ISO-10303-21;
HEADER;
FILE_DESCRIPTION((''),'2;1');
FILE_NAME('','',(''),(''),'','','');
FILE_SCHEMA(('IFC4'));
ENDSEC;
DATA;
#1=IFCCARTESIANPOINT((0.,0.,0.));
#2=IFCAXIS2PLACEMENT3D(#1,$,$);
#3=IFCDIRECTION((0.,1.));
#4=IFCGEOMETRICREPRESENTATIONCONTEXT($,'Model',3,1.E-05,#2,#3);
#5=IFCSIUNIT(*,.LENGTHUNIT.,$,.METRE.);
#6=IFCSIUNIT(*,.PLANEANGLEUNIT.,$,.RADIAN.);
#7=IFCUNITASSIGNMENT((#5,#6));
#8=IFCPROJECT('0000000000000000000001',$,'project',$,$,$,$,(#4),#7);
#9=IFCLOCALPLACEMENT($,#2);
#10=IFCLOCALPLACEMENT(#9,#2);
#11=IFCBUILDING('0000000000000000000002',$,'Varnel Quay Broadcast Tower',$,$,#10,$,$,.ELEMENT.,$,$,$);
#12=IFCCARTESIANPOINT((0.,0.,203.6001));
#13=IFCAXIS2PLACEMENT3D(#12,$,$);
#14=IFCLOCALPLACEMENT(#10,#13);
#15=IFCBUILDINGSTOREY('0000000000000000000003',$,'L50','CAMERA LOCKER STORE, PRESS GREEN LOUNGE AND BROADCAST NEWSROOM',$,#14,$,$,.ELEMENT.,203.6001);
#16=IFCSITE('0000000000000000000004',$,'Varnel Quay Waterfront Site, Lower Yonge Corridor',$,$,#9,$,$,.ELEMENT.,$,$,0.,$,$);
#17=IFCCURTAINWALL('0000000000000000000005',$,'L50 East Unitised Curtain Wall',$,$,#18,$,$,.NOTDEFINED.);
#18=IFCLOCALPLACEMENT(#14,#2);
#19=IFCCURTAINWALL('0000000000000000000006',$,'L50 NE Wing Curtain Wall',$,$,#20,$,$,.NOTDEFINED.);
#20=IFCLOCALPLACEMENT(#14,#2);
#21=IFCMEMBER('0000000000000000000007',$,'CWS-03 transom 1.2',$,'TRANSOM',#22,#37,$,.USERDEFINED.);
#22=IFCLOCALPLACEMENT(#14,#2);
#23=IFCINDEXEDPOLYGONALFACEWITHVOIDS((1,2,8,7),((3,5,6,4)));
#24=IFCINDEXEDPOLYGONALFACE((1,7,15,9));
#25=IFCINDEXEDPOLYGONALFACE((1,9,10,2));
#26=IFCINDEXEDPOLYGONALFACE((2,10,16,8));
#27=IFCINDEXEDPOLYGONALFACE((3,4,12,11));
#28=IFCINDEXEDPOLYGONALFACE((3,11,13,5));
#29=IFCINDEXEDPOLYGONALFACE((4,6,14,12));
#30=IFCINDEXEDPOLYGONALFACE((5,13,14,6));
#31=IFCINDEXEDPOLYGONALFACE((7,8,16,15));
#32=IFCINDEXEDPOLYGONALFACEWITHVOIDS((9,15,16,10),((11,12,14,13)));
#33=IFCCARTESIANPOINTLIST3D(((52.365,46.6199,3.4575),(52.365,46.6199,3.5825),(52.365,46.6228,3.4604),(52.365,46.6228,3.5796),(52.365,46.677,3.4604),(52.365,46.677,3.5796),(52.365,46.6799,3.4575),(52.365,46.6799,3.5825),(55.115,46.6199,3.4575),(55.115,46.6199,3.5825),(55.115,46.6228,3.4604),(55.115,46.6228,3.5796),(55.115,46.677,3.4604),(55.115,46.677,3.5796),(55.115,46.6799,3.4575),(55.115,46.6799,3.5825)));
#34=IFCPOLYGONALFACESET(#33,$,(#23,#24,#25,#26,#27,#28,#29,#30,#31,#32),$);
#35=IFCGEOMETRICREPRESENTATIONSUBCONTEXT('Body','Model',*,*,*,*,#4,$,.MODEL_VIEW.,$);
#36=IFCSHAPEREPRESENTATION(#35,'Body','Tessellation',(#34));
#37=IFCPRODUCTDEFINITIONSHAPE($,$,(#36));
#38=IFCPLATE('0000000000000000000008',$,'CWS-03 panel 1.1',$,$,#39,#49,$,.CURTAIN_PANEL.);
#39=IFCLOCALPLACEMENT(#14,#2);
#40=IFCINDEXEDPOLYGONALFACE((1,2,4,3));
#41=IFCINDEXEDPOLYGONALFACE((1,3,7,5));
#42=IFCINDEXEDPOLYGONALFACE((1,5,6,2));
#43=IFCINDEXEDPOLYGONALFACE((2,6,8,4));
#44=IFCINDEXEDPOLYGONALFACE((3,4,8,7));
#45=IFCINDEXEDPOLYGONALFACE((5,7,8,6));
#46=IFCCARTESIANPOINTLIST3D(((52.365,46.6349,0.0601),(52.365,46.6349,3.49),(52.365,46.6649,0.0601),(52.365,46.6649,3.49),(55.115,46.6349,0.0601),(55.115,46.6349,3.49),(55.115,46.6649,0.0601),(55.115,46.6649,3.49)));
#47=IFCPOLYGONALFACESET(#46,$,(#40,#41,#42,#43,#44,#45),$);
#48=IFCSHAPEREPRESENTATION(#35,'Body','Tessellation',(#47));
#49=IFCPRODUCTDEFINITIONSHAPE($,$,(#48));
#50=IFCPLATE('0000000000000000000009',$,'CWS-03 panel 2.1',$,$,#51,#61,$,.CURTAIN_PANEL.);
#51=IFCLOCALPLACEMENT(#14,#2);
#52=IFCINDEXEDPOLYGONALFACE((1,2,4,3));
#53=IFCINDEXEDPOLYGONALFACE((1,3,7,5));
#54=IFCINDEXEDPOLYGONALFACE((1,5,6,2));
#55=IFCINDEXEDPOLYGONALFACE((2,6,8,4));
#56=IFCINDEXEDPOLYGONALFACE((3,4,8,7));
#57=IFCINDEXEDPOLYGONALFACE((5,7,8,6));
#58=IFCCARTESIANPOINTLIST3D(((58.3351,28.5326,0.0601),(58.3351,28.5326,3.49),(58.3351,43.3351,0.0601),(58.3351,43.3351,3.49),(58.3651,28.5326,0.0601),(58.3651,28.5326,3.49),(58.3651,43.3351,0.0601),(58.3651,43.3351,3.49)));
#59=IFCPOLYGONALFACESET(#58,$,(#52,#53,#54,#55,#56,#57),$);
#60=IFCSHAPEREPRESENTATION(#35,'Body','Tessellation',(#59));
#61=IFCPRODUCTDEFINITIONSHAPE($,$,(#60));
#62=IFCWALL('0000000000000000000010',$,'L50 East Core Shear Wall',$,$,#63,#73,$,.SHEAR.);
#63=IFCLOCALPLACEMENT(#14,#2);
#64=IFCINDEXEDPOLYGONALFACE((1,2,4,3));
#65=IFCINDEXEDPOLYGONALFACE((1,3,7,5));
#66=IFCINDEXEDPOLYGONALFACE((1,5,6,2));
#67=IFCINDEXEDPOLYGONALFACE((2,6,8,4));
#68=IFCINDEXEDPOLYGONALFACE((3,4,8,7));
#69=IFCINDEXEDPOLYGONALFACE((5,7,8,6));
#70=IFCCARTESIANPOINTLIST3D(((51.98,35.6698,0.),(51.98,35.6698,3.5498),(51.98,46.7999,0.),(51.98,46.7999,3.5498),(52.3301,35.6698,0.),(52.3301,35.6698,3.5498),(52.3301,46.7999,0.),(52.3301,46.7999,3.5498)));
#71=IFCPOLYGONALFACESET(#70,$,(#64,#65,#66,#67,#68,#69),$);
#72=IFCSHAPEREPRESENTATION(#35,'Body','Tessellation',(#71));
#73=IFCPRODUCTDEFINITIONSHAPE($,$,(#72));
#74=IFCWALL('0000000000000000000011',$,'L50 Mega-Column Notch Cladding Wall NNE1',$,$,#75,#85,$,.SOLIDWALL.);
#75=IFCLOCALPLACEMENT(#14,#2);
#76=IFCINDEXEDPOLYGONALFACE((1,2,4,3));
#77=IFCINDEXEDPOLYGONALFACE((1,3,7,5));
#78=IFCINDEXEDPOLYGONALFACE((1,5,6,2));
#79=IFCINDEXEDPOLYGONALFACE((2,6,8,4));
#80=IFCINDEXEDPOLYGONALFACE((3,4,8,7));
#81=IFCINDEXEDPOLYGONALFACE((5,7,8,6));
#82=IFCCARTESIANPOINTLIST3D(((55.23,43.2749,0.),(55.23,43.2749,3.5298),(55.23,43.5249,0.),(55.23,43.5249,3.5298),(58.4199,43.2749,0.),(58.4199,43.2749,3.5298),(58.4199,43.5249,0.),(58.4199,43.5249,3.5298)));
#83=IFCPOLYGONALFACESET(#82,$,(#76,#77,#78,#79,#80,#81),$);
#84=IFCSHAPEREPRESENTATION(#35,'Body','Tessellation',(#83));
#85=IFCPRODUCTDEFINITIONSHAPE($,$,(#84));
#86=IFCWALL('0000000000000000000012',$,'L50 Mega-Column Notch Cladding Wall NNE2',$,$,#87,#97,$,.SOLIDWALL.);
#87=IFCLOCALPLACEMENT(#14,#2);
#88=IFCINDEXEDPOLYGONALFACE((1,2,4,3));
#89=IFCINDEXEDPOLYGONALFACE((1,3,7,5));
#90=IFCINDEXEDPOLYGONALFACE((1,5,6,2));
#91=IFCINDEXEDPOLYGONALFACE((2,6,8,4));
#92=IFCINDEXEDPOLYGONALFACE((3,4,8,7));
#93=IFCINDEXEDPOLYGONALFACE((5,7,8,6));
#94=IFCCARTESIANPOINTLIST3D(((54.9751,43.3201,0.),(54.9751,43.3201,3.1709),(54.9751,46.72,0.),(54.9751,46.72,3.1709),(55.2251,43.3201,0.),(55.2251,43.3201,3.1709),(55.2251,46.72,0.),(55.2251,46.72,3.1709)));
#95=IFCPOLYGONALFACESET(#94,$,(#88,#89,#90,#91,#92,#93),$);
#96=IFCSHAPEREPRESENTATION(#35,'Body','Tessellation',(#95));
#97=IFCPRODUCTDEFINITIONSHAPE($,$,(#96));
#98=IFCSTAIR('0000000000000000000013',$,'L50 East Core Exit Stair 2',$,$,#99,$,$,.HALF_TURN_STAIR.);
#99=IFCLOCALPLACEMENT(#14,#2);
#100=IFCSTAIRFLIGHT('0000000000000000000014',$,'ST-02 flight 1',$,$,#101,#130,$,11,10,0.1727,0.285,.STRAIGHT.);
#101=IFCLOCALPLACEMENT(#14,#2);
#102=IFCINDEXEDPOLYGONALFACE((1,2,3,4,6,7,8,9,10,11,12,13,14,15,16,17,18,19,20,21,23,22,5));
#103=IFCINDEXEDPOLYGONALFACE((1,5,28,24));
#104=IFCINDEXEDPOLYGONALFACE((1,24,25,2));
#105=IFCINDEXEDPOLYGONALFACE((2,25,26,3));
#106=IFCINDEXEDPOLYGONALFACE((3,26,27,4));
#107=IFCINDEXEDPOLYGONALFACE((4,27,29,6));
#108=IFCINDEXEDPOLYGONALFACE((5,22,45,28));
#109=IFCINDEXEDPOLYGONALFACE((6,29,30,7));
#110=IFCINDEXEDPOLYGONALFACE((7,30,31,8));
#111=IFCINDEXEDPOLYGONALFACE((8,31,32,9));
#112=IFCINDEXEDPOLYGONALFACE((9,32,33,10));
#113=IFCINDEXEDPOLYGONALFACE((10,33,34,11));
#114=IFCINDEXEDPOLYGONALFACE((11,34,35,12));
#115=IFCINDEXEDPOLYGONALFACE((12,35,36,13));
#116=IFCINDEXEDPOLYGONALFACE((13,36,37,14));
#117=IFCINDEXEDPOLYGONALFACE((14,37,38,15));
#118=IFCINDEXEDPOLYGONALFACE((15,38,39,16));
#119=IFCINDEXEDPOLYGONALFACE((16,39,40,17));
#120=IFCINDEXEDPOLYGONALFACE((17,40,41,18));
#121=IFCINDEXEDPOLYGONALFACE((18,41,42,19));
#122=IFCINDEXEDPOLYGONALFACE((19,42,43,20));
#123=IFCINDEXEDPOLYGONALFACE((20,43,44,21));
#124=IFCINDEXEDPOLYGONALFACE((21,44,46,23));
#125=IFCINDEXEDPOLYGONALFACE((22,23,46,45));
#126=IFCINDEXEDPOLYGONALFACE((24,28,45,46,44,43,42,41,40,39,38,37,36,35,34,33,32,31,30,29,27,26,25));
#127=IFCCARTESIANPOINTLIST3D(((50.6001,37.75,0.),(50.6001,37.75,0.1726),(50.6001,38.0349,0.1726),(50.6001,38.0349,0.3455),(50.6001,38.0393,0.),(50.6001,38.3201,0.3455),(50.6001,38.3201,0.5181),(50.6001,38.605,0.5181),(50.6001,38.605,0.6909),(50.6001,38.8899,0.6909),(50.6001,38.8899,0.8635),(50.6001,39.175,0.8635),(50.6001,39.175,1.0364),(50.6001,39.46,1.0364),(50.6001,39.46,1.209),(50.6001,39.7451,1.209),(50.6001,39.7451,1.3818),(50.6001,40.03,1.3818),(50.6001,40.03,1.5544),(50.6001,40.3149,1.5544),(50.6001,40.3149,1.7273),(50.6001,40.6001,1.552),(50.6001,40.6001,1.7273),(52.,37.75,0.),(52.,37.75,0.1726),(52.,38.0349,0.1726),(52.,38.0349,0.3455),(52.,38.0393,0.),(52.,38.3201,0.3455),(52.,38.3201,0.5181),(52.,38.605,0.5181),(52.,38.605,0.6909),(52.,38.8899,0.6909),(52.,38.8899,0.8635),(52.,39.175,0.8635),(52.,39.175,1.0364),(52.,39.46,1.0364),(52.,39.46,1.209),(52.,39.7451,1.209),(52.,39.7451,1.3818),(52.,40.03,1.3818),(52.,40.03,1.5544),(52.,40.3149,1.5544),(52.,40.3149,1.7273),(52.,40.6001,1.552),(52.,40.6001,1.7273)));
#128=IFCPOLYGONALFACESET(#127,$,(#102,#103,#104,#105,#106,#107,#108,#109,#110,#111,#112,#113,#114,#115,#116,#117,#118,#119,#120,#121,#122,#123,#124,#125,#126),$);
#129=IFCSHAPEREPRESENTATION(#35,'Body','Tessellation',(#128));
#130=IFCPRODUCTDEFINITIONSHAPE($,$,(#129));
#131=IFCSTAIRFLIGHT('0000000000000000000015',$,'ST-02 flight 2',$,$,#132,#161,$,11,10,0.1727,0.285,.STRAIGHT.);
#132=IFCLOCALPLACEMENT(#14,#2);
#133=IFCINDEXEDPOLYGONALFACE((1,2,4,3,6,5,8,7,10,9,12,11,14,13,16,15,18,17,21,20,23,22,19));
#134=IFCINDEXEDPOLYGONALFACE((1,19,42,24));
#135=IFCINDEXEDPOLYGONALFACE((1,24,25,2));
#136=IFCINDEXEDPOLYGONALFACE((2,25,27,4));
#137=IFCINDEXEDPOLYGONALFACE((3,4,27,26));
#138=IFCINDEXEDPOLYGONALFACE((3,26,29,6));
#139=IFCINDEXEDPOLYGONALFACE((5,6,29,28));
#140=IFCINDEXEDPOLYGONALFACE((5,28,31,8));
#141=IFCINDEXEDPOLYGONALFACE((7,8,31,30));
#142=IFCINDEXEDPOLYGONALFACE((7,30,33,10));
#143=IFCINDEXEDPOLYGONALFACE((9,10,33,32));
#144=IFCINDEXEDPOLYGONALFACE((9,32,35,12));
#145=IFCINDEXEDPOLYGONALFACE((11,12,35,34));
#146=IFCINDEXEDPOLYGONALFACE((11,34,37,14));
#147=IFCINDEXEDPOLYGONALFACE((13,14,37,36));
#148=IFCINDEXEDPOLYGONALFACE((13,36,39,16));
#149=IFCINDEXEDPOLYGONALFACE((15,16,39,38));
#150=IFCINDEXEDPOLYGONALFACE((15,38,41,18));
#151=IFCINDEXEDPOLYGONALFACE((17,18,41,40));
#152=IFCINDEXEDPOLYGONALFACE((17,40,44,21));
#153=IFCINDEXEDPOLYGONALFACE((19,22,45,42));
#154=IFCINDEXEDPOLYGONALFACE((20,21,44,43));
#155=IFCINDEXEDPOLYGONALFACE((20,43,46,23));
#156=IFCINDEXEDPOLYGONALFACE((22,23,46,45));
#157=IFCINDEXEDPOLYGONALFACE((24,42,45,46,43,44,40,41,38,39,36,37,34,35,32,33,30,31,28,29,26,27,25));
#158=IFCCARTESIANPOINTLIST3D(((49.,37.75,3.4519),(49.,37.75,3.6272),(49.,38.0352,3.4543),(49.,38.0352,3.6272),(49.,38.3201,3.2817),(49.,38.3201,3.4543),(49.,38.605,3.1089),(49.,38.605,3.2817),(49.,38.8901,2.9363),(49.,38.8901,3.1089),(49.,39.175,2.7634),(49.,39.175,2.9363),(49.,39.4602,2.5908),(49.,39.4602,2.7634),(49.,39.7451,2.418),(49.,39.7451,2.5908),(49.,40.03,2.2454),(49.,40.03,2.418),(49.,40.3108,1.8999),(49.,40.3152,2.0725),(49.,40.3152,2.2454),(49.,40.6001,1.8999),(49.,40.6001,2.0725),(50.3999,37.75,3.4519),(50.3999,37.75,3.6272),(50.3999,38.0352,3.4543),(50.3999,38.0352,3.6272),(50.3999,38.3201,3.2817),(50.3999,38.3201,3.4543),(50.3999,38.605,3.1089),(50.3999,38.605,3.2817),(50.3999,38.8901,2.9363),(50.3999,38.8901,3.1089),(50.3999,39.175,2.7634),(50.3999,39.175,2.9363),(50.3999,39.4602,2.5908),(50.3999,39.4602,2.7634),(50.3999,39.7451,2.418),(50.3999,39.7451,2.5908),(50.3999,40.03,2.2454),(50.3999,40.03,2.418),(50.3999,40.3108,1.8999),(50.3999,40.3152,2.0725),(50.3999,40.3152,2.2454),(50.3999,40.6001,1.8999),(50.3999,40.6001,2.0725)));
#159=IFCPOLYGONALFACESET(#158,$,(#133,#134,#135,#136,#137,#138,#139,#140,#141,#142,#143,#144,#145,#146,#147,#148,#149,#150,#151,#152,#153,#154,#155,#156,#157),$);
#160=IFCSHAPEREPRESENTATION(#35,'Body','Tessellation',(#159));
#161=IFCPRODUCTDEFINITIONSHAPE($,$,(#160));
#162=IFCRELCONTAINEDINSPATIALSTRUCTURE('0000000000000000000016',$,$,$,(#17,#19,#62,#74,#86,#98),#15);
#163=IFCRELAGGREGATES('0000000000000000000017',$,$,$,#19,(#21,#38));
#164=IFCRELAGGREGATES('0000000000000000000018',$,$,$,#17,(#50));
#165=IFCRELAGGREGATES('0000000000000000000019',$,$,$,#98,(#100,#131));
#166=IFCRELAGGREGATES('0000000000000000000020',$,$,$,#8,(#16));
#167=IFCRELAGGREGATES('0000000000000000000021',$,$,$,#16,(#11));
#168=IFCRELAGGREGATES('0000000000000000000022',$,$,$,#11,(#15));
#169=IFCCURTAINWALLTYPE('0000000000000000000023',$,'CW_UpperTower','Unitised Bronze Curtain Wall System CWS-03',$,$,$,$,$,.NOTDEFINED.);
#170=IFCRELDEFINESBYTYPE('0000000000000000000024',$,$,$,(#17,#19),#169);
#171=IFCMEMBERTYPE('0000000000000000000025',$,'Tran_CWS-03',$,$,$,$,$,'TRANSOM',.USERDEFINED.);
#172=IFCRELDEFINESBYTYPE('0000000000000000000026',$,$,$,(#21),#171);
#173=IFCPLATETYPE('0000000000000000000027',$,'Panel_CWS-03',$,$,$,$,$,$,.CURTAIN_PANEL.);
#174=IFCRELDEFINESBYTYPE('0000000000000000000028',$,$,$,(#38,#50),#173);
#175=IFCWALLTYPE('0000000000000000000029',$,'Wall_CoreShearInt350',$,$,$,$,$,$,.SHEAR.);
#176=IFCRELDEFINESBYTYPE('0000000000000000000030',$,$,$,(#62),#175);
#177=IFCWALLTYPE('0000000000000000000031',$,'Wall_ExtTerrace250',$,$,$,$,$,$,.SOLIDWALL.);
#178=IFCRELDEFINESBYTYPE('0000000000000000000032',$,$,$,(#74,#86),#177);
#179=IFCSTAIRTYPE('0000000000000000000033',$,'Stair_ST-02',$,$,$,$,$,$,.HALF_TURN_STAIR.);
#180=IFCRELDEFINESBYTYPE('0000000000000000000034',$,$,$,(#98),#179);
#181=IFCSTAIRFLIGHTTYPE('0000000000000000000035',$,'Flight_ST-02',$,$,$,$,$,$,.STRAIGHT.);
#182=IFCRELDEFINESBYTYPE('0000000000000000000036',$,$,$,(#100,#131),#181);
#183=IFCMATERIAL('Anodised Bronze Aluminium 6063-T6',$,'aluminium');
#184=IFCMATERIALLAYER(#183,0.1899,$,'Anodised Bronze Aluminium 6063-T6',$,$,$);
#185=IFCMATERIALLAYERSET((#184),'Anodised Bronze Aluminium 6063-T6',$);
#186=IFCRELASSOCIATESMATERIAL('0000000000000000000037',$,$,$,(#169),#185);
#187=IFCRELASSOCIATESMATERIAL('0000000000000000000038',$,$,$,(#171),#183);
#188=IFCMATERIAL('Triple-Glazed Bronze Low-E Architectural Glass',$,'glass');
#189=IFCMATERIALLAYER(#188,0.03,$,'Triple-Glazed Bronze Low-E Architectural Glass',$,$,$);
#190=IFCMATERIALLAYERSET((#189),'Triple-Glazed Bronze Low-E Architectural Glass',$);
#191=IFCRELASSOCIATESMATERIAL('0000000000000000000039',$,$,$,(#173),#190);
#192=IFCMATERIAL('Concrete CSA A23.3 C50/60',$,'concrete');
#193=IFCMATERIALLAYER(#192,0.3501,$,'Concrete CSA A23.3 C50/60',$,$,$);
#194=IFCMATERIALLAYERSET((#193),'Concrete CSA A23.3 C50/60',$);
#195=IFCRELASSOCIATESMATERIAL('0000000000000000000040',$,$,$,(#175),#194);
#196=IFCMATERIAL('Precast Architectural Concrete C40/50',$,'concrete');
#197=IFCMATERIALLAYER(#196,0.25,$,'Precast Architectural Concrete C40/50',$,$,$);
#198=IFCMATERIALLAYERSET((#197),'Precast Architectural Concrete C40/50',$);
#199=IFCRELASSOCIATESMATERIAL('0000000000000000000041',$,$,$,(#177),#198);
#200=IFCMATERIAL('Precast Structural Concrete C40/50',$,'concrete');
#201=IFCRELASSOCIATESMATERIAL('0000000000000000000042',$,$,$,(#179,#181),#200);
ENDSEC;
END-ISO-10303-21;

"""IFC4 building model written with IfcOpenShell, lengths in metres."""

from ifc_helpers import new_model, si_unit, direction, frame, frame_2d, origin, origin_2d, place, context, subcontext, project, spatial, polyline, rectangle, hollow_rectangle, outline, extrude, source, transform, mapped, material, layer, layer_set, material_profile, profile_set, type_object, type_shapes, element, aggregate, save


model = new_model("IFC4")

# Units and contexts
model_context = context("Model", 3, precision=1e-05, world=origin(), true_north=direction((0.0, 1.0)))
body_context = subcontext(model_context, "Body", "Model", "MODEL_VIEW")
ifc_project = project(units=[si_unit("LENGTHUNIT", "METRE"), si_unit("PLANEANGLEUNIT", "RADIAN")], contexts=[model_context])

# Site, building, storey
site_placement = place(None, origin())
site = spatial("IfcSite", under=ifc_project, at=site_placement, Name="Varnel Quay Waterfront Site, Lower Yonge Corridor", CompositionType="ELEMENT", RefElevation=0.0)
building_placement = place(site_placement, origin())
building = spatial("IfcBuilding", under=site, at=building_placement, Name="Varnel Quay Broadcast Tower", CompositionType="ELEMENT")
storey_placement = place(building_placement, frame((0.0, 0.0, 203.6001)))
storey = spatial("IfcBuildingStorey", under=building, at=storey_placement, Name="L50", Description="CAMERA LOCKER STORE, PRESS GREEN LOUNGE AND BROADCAST NEWSROOM", CompositionType="ELEMENT", Elevation=203.6001)

# Curtain wall
ifc_material_1 = material(Name="Anodised Bronze Aluminium 6063-T6", Category="aluminium")
ifc_layer_1 = layer(ifc_material_1, 0.1899, Name="Anodised Bronze Aluminium 6063-T6")
ifc_layer_set_1 = layer_set([ifc_layer_1], Name="Anodised Bronze Aluminium 6063-T6")
curtain_wall_type = type_object("IfcCurtainWallType", Name="CW_UpperTower", Description="Unitised Bronze Curtain Wall System CWS-03", PredefinedType="NOTDEFINED", material=ifc_layer_set_1)
curtain_wall_1_placement = place(storey_placement, origin())
curtain_wall_1 = element("IfcCurtainWall", 1, at=curtain_wall_1_placement, inside=storey, type_object=curtain_wall_type, Name="L50 East Unitised Curtain Wall", PredefinedType="NOTDEFINED")

# Curtain wall, member, plate
curtain_wall_2_placement = place(storey_placement, origin())
curtain_wall_2 = element("IfcCurtainWall", 2, at=curtain_wall_2_placement, inside=storey, type_object=curtain_wall_type, Name="L50 NE Wing Curtain Wall", PredefinedType="NOTDEFINED")
ifc_material_profile_1 = material_profile(ifc_material_1, hollow_rectangle(XDim=0.0601, YDim=0.125, WallThickness=0.0029, at=origin_2d()), Name="ALU60X125X3")
ifc_profile_set_1 = profile_set([ifc_material_profile_1], Name="Anodised Bronze Aluminium 6063-T6")
member_type_1 = type_object("IfcMemberType", Name="Tran_CWS-03", ElementType="TRANSOM", PredefinedType="USERDEFINED", material=ifc_profile_set_1)
shared_shape_1 = source(origin(), body_context, "Body", "SweptSolid", [
    extrude(hollow_rectangle(XDim=0.0601, YDim=0.125, WallThickness=0.0029, at=origin_2d()), origin(), (0.0, 0.0, 1.0), 2.75),
])
type_shapes(member_type_1, [shared_shape_1])
member_1_placement = place(storey_placement, frame((52.365, 46.6499, 3.52), z_axis=(1.0, 0.0, 0.0), x_axis=(0.0, 1.0, 0.0)))
member_1 = element("IfcMember", 3, at=member_1_placement, type_object=member_type_1, Name="CWS-03 transom 1.2", ObjectType="TRANSOM", PredefinedType="USERDEFINED", context=body_context, shape_type="MappedRepresentation", body=[
    mapped(shared_shape_1, transform((0.0, 0.0, 0.0), x_axis=(1.0, 0.0, 0.0), y_axis=(0.0, 1.0, 0.0), z_axis=(0.0, 0.0, 1.0), scale=1.0)),
])
ifc_material_2 = material(Name="Triple-Glazed Bronze Low-E Architectural Glass", Category="glass")
ifc_layer_2 = layer(ifc_material_2, 0.03, Name="Triple-Glazed Bronze Low-E Architectural Glass")
ifc_layer_set_2 = layer_set([ifc_layer_2], Name="Triple-Glazed Bronze Low-E Architectural Glass")
plate_type = type_object("IfcPlateType", Name="Panel_CWS-03", PredefinedType="CURTAIN_PANEL", material=ifc_layer_set_2)
shared_shape_2 = source(origin(), body_context, "Body", "SweptSolid", [
    extrude(rectangle(XDim=2.75, YDim=0.03, at=origin_2d()), origin(), (0.0, 0.0, 1.0), 3.4299),
])
plate_1_placement = place(storey_placement, frame((53.74, 46.6499, 0.0601), z_axis=(0.0, 0.0, 1.0), x_axis=(1.0, 0.0, 0.0)))
plate_1 = element("IfcPlate", 4, at=plate_1_placement, type_object=plate_type, Name="CWS-03 panel 1.1", PredefinedType="CURTAIN_PANEL", context=body_context, shape_type="MappedRepresentation", body=[
    mapped(shared_shape_2, transform((0.0, 0.0, 0.0), x_axis=(1.0, 0.0, 0.0), y_axis=(0.0, 1.0, 0.0), z_axis=(0.0, 0.0, 1.0), scale=1.0)),
])
aggregate(curtain_wall_2, [member_1, plate_1])

# Plate
shared_shape_3 = source(origin(), body_context, "Body", "SweptSolid", [
    extrude(rectangle(XDim=14.8025, YDim=0.03, at=origin_2d()), origin(), (0.0, 0.0, 1.0), 3.4299),
])
type_shapes(plate_type, [shared_shape_2, shared_shape_3])
plate_2_placement = place(storey_placement, frame((58.3501, 35.9338, 0.0601), z_axis=(0.0, 0.0, 1.0), x_axis=(0.0, 1.0, 0.0)))
plate_2 = element("IfcPlate", 5, at=plate_2_placement, type_object=plate_type, Name="CWS-03 panel 2.1", PredefinedType="CURTAIN_PANEL", context=body_context, shape_type="MappedRepresentation", body=[
    mapped(shared_shape_3, transform((0.0, 0.0, 0.0), x_axis=(1.0, 0.0, 0.0), y_axis=(0.0, 1.0, 0.0), z_axis=(0.0, 0.0, 1.0), scale=1.0)),
])
aggregate(curtain_wall_1, [plate_2])

# Walls
ifc_material_3 = material(Name="Concrete CSA A23.3 C50/60", Category="concrete")
ifc_layer_3 = layer(ifc_material_3, 0.3501, Name="Concrete CSA A23.3 C50/60")
ifc_layer_set_3 = layer_set([ifc_layer_3], Name="Concrete CSA A23.3 C50/60")
wall_type_1 = type_object("IfcWallType", Name="Wall_CoreShearInt350", PredefinedType="SHEAR", material=ifc_layer_set_3)
wall_1_placement = place(storey_placement, frame((52.155, 35.6699, 0.0), z_axis=(0.0, 0.0, 1.0), x_axis=(0.0, 1.0, 0.0)))
element("IfcWall", 6, at=wall_1_placement, inside=storey, type_object=wall_type_1, Name="L50 East Core Shear Wall", PredefinedType="SHEAR", context=body_context, shape_type="SweptSolid", body=[
    extrude(rectangle(XDim=11.1301, YDim=0.3501, at=frame_2d((5.5649, 0.0))), origin(), (0.0, 0.0, 1.0), 3.5498),
])
ifc_material_4 = material(Name="Precast Architectural Concrete C40/50", Category="concrete")
ifc_layer_4 = layer(ifc_material_4, 0.25, Name="Precast Architectural Concrete C40/50")
ifc_layer_set_4 = layer_set([ifc_layer_4], Name="Precast Architectural Concrete C40/50")
wall_type_2 = type_object("IfcWallType", Name="Wall_ExtTerrace250", PredefinedType="SOLIDWALL", material=ifc_layer_set_4)
wall_2_placement = place(storey_placement, frame((55.23, 43.3999, 0.0), z_axis=(0.0, 0.0, 1.0), x_axis=(1.0, 0.0, 0.0)))
element("IfcWall", 7, at=wall_2_placement, inside=storey, type_object=wall_type_2, Name="L50 Mega-Column Notch Cladding Wall NNE1", PredefinedType="SOLIDWALL", context=body_context, shape_type="SweptSolid", body=[
    extrude(rectangle(XDim=3.1899, YDim=0.25, at=frame_2d((1.595, 0.0))), origin(), (0.0, 0.0, 1.0), 3.5298),
])
wall_3_placement = place(storey_placement, frame((55.1001, 43.3201, 0.0), z_axis=(0.0, 0.0, 1.0), x_axis=(0.0, 1.0, 0.0)))
element("IfcWall", 8, at=wall_3_placement, inside=storey, type_object=wall_type_2, Name="L50 Mega-Column Notch Cladding Wall NNE2", PredefinedType="SOLIDWALL", context=body_context, shape_type="SweptSolid", body=[
    extrude(rectangle(XDim=3.3999, YDim=0.25, at=frame_2d((1.7, 0.0))), origin(), (0.0, 0.0, 1.0), 3.1709),
])

# Stair, stair flights
ifc_material_5 = material(Name="Precast Structural Concrete C40/50", Category="concrete")
stair_type = type_object("IfcStairType", Name="Stair_ST-02", PredefinedType="HALF_TURN_STAIR", material=ifc_material_5)
stair_placement = place(storey_placement, origin())
stair = element("IfcStair", 9, at=stair_placement, inside=storey, type_object=stair_type, Name="L50 East Core Exit Stair 2", PredefinedType="HALF_TURN_STAIR")
stair_flight_type = type_object("IfcStairFlightType", Name="Flight_ST-02", PredefinedType="STRAIGHT", material=ifc_material_5)
stair_flight_1_placement = place(storey_placement, frame((51.3, 37.75, 0.0), z_axis=(0.0, 0.0, 1.0), x_axis=(0.0, 1.0, 0.0)))
stair_flight_1 = element("IfcStairFlight", 10, at=stair_flight_1_placement, type_object=stair_flight_type, Name="ST-02 flight 1", NumberOfRisers=11, NumberOfTreads=10, PredefinedType="STRAIGHT", RiserHeight=0.1727, TreadLength=0.285, context=body_context, shape_type="SweptSolid", body=[
    extrude(outline(polyline([(0.0, 0.0), (0.0, 0.1726), (0.2849, 0.1726), (0.2849, 0.3455), (0.5701, 0.3455), (0.5701, 0.5181), (0.855, 0.5181), (0.855, 0.6909), (1.1399, 0.6909), (1.1399, 0.8635), (1.425, 0.8635), (1.425, 1.0364), (1.71, 1.0364), (1.71, 1.209), (1.9951, 1.209), (1.9951, 1.3818), (2.28, 1.3818), (2.28, 1.5544), (2.5649, 1.5544), (2.5649, 1.7273), (2.8501, 1.7273), (2.8501, 1.8999), (2.8501, 1.552), (0.2893, 0.0), (0.0, 0.0)])), frame((0.0, 0.7, 0.0), z_axis=(0.0, -1.0, 0.0), x_axis=(1.0, 0.0, 0.0)), (0.0, 0.0, 1.0), 1.3999),
])
stair_flight_2_placement = place(storey_placement, frame((49.7, 40.6001, 1.8999), z_axis=(0.0, 0.0, 1.0), x_axis=(0.0, -1.0, 0.0)))
stair_flight_2 = element("IfcStairFlight", 11, at=stair_flight_2_placement, type_object=stair_flight_type, Name="ST-02 flight 2", NumberOfRisers=11, NumberOfTreads=10, PredefinedType="STRAIGHT", RiserHeight=0.1727, TreadLength=0.285, context=body_context, shape_type="SweptSolid", body=[
    extrude(outline(polyline([(0.0, 0.0), (0.0, 0.1726), (0.2849, 0.1726), (0.2849, 0.3455), (0.5701, 0.3455), (0.5701, 0.5181), (0.855, 0.5181), (0.855, 0.6909), (1.1399, 0.6909), (1.1399, 0.8635), (1.425, 0.8635), (1.425, 1.0364), (1.71, 1.0364), (1.71, 1.209), (1.9951, 1.209), (1.9951, 1.3818), (2.28, 1.3818), (2.28, 1.5544), (2.5649, 1.5544), (2.5649, 1.7273), (2.8501, 1.7273), (2.8501, 1.8999), (2.8501, 1.552), (0.2893, 0.0), (0.0, 0.0)])), frame((0.0, 0.7, 0.0), z_axis=(0.0, -1.0, 0.0), x_axis=(1.0, 0.0, 0.0)), (0.0, 0.0, 1.0), 1.3999),
])
aggregate(stair, [stair_flight_1, stair_flight_2])

save(model, "model.ifc")
